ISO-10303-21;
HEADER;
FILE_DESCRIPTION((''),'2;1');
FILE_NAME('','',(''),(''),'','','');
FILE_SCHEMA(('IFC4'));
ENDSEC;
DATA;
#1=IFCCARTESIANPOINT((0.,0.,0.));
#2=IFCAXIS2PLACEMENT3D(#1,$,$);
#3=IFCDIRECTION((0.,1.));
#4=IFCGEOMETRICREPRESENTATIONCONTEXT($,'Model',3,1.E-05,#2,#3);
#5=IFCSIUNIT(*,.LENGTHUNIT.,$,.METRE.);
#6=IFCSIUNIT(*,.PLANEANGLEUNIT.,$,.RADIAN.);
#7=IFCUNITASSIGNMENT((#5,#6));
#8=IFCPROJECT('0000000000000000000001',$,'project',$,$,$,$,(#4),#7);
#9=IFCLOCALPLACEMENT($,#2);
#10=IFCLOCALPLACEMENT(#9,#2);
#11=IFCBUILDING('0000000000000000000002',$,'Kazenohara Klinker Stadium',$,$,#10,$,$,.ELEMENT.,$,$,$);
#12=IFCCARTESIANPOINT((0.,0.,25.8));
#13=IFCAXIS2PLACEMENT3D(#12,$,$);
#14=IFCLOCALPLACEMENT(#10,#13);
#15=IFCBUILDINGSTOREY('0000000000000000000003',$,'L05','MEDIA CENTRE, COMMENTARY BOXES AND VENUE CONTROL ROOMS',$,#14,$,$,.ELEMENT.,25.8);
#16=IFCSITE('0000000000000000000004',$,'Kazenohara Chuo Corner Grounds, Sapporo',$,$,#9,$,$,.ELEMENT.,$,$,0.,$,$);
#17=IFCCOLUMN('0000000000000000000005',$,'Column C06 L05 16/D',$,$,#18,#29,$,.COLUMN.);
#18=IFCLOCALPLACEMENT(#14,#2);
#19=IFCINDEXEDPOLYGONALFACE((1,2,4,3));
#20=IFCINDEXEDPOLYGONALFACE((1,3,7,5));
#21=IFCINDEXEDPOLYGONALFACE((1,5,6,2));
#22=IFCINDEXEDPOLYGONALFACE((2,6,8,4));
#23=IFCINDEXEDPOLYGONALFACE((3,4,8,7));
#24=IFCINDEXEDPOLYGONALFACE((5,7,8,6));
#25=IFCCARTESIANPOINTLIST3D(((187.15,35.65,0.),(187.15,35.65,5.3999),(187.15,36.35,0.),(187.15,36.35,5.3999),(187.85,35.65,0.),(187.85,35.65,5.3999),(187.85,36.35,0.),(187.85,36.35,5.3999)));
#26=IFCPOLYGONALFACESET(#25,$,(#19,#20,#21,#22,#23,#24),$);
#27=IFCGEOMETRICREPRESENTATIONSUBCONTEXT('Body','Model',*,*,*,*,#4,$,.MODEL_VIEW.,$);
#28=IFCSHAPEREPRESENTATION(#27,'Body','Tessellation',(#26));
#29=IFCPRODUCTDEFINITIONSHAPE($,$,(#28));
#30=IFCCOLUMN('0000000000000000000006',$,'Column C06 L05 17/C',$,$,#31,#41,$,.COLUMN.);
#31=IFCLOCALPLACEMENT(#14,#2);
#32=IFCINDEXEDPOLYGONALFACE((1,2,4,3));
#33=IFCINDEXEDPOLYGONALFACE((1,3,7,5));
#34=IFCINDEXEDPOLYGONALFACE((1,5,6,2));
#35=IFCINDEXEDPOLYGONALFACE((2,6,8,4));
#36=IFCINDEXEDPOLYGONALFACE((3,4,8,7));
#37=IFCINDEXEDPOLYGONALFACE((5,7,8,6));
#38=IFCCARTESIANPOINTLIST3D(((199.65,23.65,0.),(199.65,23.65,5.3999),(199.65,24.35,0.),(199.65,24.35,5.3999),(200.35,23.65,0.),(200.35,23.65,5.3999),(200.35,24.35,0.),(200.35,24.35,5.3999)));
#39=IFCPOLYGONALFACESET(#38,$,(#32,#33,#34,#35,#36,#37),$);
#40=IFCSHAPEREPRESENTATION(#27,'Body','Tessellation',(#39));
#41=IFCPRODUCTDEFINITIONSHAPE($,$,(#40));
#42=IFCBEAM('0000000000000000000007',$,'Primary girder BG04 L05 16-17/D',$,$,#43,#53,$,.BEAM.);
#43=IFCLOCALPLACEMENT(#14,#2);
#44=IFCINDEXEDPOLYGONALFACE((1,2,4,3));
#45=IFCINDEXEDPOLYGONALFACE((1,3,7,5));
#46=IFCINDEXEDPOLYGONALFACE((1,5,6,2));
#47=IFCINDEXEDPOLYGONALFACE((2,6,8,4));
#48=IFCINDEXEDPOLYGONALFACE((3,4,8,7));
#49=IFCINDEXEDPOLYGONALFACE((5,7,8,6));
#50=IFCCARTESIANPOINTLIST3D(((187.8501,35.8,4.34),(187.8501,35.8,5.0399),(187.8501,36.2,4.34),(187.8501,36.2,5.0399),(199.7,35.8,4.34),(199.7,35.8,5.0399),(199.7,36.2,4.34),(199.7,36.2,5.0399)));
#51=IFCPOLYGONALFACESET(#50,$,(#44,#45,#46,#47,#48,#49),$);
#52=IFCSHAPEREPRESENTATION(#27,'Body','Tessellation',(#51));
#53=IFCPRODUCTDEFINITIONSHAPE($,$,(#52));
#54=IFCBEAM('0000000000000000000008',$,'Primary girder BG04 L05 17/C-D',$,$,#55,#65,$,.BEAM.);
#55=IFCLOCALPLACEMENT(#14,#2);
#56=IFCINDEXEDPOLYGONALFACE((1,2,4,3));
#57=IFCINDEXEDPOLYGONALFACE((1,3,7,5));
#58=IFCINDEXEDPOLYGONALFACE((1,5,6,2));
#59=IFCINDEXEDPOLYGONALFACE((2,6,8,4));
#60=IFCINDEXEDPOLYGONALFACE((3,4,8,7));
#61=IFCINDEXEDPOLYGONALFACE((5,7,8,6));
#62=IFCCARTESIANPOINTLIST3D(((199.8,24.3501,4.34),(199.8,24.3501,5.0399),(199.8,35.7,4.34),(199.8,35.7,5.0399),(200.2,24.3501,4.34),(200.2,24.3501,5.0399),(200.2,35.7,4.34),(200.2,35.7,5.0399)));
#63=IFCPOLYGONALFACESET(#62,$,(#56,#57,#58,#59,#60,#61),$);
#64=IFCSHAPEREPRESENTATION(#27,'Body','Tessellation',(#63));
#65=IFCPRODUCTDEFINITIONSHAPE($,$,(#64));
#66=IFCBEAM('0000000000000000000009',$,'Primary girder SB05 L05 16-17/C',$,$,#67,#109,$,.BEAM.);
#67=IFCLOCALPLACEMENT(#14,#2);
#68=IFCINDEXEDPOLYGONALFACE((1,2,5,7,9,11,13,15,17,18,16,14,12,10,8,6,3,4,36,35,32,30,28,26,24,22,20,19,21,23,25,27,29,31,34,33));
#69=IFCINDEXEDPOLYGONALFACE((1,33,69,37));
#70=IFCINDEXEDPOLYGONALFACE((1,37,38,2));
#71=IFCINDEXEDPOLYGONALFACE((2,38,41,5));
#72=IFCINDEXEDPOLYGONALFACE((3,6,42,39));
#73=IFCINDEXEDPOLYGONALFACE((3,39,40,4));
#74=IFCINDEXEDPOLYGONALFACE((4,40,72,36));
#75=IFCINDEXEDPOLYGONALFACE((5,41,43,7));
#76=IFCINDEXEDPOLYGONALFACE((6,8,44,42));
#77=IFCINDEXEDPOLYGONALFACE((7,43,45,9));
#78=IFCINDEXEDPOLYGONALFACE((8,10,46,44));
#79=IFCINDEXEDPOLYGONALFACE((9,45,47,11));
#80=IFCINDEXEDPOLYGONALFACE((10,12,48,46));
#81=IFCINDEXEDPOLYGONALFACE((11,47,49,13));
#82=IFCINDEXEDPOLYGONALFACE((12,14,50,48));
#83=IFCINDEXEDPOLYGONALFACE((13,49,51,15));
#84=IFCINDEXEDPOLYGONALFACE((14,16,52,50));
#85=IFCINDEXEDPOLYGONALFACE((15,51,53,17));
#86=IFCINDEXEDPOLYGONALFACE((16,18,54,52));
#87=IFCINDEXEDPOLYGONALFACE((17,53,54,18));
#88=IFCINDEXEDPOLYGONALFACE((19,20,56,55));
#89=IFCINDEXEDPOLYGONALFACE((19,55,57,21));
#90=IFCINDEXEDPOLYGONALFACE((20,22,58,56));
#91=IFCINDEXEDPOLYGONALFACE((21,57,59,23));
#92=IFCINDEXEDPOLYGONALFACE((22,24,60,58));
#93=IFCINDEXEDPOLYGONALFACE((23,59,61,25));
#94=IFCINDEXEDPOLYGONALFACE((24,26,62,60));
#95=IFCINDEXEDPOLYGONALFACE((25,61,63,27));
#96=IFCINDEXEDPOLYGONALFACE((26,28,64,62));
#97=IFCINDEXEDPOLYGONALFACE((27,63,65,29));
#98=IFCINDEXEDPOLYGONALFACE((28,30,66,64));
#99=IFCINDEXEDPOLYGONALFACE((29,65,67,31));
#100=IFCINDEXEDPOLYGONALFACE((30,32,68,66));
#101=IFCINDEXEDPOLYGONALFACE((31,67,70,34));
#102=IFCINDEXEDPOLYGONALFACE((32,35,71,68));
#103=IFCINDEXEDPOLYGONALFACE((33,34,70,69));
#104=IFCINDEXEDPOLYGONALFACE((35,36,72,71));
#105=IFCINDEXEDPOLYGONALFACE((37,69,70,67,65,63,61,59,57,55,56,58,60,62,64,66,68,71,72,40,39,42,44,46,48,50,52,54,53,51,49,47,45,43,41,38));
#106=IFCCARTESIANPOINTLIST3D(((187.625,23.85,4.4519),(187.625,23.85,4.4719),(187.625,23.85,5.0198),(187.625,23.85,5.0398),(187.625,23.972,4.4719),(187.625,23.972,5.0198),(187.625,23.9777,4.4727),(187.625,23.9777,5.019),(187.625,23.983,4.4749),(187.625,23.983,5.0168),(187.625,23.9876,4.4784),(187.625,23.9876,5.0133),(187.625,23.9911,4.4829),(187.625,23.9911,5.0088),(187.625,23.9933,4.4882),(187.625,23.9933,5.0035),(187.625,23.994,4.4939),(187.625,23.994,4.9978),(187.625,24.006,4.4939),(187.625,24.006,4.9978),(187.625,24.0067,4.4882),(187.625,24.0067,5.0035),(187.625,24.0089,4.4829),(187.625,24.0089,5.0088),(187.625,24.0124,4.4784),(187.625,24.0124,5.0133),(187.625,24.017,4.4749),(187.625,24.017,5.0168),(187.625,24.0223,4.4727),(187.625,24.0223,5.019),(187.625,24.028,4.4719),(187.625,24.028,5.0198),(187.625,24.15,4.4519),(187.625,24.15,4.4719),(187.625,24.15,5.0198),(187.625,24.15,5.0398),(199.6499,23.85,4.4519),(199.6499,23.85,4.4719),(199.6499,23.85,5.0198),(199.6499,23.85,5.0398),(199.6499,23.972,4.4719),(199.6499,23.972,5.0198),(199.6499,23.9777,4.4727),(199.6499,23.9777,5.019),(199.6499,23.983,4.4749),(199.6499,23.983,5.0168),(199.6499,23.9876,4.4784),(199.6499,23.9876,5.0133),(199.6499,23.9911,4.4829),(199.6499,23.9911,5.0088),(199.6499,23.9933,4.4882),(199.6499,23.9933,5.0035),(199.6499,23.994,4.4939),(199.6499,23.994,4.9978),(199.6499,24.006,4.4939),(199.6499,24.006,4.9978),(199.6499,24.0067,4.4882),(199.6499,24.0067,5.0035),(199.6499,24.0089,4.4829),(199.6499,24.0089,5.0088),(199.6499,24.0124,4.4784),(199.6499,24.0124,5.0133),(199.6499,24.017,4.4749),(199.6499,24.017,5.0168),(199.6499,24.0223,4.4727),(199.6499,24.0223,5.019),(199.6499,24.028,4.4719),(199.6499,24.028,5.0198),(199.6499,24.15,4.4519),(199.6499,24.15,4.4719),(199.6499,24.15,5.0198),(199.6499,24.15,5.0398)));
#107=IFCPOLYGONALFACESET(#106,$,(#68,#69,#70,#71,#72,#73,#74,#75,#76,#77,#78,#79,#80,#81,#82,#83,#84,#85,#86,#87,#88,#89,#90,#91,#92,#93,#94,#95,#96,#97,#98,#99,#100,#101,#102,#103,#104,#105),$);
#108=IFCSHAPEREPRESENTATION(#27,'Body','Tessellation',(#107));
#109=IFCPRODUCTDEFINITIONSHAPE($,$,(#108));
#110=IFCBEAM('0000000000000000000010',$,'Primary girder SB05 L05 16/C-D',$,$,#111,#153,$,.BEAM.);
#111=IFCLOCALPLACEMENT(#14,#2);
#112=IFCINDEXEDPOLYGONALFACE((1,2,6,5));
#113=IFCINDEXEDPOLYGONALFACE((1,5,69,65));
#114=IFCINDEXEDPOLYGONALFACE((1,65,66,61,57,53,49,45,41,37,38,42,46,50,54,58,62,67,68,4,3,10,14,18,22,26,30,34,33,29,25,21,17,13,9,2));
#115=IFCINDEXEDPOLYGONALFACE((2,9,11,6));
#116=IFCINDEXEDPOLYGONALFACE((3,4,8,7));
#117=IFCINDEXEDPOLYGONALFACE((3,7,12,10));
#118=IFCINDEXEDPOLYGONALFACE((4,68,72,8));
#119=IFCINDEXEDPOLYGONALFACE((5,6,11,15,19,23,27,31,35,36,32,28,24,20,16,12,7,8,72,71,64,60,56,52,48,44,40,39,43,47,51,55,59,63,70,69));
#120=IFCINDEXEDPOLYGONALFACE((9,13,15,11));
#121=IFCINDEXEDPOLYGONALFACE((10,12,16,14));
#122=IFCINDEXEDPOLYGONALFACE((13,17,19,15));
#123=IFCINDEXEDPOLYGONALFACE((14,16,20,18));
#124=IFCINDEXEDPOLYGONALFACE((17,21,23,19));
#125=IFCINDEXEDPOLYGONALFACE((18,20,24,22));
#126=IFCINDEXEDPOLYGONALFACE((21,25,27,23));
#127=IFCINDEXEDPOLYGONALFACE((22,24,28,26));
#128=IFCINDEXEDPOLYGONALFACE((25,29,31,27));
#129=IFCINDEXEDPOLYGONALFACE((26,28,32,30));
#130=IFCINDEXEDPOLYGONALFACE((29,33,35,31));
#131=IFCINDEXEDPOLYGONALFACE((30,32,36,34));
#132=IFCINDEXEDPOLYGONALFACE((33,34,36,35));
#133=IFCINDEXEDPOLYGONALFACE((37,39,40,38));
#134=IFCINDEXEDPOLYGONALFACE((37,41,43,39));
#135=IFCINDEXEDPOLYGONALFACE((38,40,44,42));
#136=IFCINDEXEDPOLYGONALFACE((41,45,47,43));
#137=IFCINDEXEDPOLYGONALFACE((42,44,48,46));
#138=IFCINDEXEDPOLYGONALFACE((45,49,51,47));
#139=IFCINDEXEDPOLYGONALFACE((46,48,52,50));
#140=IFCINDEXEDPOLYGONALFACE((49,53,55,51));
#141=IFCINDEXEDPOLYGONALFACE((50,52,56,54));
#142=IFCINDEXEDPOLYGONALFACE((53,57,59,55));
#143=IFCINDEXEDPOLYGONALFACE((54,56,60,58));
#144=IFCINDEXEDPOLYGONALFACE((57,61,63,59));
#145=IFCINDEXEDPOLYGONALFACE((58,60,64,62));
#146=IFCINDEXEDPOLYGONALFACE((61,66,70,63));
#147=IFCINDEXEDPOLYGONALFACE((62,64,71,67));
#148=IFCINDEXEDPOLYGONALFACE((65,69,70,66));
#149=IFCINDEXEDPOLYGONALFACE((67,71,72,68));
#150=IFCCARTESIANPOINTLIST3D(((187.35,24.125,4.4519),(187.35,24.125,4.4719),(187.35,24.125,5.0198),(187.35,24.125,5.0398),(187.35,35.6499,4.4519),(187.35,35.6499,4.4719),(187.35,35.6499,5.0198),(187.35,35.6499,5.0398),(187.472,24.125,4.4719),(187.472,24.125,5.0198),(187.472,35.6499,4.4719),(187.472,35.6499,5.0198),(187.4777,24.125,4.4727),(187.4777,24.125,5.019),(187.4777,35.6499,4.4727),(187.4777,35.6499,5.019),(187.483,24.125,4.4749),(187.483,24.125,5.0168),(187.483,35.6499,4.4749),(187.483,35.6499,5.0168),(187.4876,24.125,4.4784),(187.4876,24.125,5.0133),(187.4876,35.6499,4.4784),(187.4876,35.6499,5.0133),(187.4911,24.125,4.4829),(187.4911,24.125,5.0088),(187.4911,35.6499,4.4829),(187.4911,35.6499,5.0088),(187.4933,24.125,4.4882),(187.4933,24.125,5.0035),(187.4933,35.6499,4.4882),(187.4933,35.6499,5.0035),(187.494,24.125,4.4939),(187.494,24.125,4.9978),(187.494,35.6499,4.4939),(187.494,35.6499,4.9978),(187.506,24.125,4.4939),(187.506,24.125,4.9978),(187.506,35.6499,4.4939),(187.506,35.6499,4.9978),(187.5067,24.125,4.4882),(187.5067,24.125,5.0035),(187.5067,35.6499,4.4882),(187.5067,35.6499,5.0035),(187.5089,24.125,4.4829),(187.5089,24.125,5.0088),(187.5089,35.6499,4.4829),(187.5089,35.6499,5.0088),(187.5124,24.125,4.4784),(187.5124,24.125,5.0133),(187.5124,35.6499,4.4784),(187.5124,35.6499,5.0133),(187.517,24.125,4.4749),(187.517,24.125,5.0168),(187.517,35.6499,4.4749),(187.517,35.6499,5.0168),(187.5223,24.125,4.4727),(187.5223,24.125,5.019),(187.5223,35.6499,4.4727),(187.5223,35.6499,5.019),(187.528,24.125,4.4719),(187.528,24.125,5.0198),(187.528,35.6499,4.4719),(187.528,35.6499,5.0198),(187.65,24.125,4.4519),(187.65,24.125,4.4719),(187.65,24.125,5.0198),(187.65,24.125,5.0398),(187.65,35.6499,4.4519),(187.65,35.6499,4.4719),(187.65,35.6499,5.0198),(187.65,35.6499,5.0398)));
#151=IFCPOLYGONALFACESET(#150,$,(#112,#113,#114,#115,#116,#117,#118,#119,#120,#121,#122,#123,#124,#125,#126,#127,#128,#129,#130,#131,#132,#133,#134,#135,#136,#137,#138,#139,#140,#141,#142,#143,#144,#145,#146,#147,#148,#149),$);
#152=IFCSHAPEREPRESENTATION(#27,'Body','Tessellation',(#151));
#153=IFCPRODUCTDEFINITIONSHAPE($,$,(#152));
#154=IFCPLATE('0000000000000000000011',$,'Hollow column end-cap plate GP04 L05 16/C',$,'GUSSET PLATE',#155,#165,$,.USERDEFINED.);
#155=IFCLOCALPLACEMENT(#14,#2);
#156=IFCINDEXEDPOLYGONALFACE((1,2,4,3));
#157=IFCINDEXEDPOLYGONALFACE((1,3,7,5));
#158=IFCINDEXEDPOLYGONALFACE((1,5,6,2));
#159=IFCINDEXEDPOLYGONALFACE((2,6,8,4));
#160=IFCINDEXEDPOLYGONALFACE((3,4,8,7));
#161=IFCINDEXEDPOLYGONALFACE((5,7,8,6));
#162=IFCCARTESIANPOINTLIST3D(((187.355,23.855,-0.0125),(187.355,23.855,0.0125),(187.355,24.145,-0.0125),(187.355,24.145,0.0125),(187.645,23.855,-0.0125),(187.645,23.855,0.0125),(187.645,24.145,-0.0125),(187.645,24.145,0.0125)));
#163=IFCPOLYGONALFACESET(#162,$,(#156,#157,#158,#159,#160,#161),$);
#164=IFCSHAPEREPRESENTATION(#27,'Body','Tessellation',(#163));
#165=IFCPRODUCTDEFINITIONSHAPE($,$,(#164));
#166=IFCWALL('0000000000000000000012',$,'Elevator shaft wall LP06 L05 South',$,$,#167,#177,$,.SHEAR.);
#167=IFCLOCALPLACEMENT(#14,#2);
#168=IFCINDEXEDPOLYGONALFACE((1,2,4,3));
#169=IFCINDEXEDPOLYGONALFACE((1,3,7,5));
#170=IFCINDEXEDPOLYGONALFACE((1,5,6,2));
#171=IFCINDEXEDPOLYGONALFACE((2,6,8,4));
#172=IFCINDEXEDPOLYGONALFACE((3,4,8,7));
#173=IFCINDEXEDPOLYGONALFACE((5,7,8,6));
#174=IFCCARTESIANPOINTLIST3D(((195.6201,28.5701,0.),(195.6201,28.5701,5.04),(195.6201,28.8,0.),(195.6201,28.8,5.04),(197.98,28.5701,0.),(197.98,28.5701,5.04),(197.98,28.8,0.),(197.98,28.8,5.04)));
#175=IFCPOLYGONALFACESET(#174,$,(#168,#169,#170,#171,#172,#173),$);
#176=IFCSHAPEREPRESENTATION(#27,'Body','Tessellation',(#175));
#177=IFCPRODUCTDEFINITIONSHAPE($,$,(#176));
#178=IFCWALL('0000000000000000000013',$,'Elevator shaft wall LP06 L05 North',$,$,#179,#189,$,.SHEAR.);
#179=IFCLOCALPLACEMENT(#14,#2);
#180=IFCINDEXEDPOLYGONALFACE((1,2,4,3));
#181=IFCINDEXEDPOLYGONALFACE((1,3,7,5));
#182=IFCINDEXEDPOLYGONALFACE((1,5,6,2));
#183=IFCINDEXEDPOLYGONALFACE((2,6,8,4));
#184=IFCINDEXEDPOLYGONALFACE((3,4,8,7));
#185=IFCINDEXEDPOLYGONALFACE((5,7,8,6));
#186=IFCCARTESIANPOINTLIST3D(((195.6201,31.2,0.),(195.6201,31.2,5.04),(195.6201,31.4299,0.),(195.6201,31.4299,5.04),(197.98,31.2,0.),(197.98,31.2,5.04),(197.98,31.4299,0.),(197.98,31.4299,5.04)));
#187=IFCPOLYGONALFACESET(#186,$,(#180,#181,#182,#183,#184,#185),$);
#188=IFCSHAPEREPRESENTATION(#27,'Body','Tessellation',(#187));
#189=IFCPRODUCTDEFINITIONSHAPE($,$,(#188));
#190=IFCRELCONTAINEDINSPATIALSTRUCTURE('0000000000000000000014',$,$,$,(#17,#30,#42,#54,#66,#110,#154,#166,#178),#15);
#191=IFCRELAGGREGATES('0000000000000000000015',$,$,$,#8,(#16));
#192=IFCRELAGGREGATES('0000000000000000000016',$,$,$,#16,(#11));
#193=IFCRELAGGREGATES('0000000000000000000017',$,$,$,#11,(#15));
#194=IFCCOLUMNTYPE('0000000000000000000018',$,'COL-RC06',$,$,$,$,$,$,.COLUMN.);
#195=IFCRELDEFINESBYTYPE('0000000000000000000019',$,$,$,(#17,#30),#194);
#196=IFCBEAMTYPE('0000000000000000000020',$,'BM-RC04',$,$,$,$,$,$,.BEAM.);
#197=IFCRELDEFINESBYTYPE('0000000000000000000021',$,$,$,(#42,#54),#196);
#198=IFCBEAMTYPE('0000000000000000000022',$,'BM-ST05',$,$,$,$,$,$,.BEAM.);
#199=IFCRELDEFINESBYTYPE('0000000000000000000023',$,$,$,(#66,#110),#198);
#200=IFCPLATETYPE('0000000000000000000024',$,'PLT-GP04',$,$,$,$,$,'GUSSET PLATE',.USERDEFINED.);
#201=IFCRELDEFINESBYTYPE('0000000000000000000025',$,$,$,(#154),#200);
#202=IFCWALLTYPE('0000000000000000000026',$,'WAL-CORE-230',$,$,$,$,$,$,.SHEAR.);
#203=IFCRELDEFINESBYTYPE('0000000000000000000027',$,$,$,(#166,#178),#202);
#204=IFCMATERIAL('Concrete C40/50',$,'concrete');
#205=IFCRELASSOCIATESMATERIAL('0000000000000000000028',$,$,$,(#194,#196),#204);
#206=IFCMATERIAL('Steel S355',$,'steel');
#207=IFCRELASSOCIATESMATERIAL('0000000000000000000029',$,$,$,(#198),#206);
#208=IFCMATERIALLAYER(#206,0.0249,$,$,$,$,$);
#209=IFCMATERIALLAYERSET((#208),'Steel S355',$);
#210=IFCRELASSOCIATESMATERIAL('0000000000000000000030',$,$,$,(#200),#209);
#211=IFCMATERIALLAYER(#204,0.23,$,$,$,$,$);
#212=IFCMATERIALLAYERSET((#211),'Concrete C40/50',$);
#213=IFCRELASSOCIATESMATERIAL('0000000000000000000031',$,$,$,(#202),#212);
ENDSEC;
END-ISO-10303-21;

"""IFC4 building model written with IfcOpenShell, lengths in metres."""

from ifc_helpers import new_model, si_unit, direction, frame, frame_2d, origin, origin_2d, place, context, subcontext, project, spatial, rectangle, i_section, extrude, material, layer, layer_set, material_profile, profile_set, type_object, element, save


model = new_model("IFC4")

# Units and contexts
model_context = context("Model", 3, precision=1e-05, world=origin(), true_north=direction((0.0, 1.0)))
body_context = subcontext(model_context, "Body", "Model", "MODEL_VIEW")
ifc_project = project(units=[si_unit("LENGTHUNIT", "METRE"), si_unit("PLANEANGLEUNIT", "RADIAN")], contexts=[model_context])

# Site, building, storey
site_placement = place(None, origin())
site = spatial("IfcSite", under=ifc_project, at=site_placement, Name="Kazenohara Chuo Corner Grounds, Sapporo", CompositionType="ELEMENT", RefElevation=0.0)
building_placement = place(site_placement, origin())
building = spatial("IfcBuilding", under=site, at=building_placement, Name="Kazenohara Klinker Stadium", CompositionType="ELEMENT")
storey_placement = place(building_placement, frame((0.0, 0.0, 25.8)))
storey = spatial("IfcBuildingStorey", under=building, at=storey_placement, Name="L05", Description="MEDIA CENTRE, COMMENTARY BOXES AND VENUE CONTROL ROOMS", CompositionType="ELEMENT", Elevation=25.8)

# Columns
ifc_material_1 = material(Name="Concrete C40/50", Category="concrete")
ifc_material_profile_1 = material_profile(ifc_material_1, rectangle(XDim=0.7, YDim=0.7, at=origin_2d()), Name="RC-COL-700x700")
ifc_profile_set_1 = profile_set([ifc_material_profile_1], Name="Concrete C40/50")
column_type = type_object("IfcColumnType", Name="COL-RC06", PredefinedType="COLUMN", material=ifc_profile_set_1)
for number, where, z_axis, x_axis, name in (
    (1, (187.5, 36.0, 0.0), (0.0, 0.0, 1.0), (1.0, 0.0, 0.0), "Column C06 L05 16/D"),
    (2, (200.0, 24.0, 0.0), (0.0, 0.0, 1.0), (1.0, 0.0, 0.0), "Column C06 L05 17/C"),
):
    element("IfcColumn", number, at=place(storey_placement, frame(where, z_axis=z_axis, x_axis=x_axis)), inside=storey, type_object=column_type, Name=name, PredefinedType="COLUMN", context=body_context, shape_type="SweptSolid", body=[
        extrude(rectangle(XDim=0.7, YDim=0.7, at=origin_2d()), origin(), (0.0, 0.0, 1.0), 5.3999),
    ])

# Beams
ifc_material_profile_2 = material_profile(ifc_material_1, rectangle(XDim=0.3999, YDim=0.7, at=origin_2d()), Name="RC-BM-400x700")
ifc_profile_set_2 = profile_set([ifc_material_profile_2], Name="Concrete C40/50")
beam_type_1 = type_object("IfcBeamType", Name="BM-RC04", PredefinedType="BEAM", material=ifc_profile_set_2)
beam_1_placement = place(storey_placement, frame((187.8501, 36.0, 4.6899), z_axis=(1.0, 0.0, 0.0), x_axis=(0.0, 1.0, 0.0)))
element("IfcBeam", 3, at=beam_1_placement, inside=storey, type_object=beam_type_1, Name="Primary girder BG04 L05 16-17/D", PredefinedType="BEAM", context=body_context, shape_type="SweptSolid", body=[
    extrude(rectangle(XDim=0.3999, YDim=0.7, at=origin_2d()), origin(), (0.0, 0.0, 1.0), 11.8499),
])
beam_2_placement = place(storey_placement, frame((200.0, 24.3501, 4.6899), z_axis=(0.0, 1.0, 0.0), x_axis=(-1.0, 0.0, 0.0)))
element("IfcBeam", 4, at=beam_2_placement, inside=storey, type_object=beam_type_1, Name="Primary girder BG04 L05 17/C-D", PredefinedType="BEAM", context=body_context, shape_type="SweptSolid", body=[
    extrude(rectangle(XDim=0.3999, YDim=0.7, at=origin_2d()), origin(), (0.0, 0.0, 1.0), 11.3499),
])
ifc_material_2 = material(Name="Steel S355", Category="steel")
ifc_material_profile_3 = material_profile(ifc_material_2, i_section(OverallWidth=0.3, OverallDepth=0.5879, WebThickness=0.012, FlangeThickness=0.02, FilletRadius=0.022, at=origin_2d()), Name="H-588x300x12x20")
ifc_profile_set_3 = profile_set([ifc_material_profile_3], Name="Steel S355")
beam_type_2 = type_object("IfcBeamType", Name="BM-ST05", PredefinedType="BEAM", material=ifc_profile_set_3)
beam_3_placement = place(storey_placement, frame((187.625, 24.0, 4.7458), z_axis=(1.0, 0.0, 0.0), x_axis=(0.0, 1.0, 0.0)))
element("IfcBeam", 5, at=beam_3_placement, inside=storey, type_object=beam_type_2, Name="Primary girder SB05 L05 16-17/C", PredefinedType="BEAM", context=body_context, shape_type="SweptSolid", body=[
    extrude(i_section(OverallWidth=0.3, OverallDepth=0.5879, WebThickness=0.012, FlangeThickness=0.02, FilletRadius=0.022, at=origin_2d()), origin(), (0.0, 0.0, 1.0), 12.0249),
])
beam_4_placement = place(storey_placement, frame((187.5, 24.125, 4.7458), z_axis=(0.0, 1.0, 0.0), x_axis=(-1.0, 0.0, 0.0)))
element("IfcBeam", 6, at=beam_4_placement, inside=storey, type_object=beam_type_2, Name="Primary girder SB05 L05 16/C-D", PredefinedType="BEAM", context=body_context, shape_type="SweptSolid", body=[
    extrude(i_section(OverallWidth=0.3, OverallDepth=0.5879, WebThickness=0.012, FlangeThickness=0.02, FilletRadius=0.022, at=origin_2d()), origin(), (0.0, 0.0, 1.0), 11.5249),
])

# Plate
ifc_layer_1 = layer(ifc_material_2, 0.0249)
ifc_layer_set_1 = layer_set([ifc_layer_1], Name="Steel S355")
plate_type = type_object("IfcPlateType", Name="PLT-GP04", ElementType="GUSSET PLATE", PredefinedType="USERDEFINED", material=ifc_layer_set_1)
plate_placement = place(storey_placement, frame((187.5, 24.0, -0.0125), z_axis=(0.0, 0.0, 1.0), x_axis=(1.0, 0.0, 0.0)))
element("IfcPlate", 7, at=plate_placement, inside=storey, type_object=plate_type, Name="Hollow column end-cap plate GP04 L05 16/C", ObjectType="GUSSET PLATE", PredefinedType="USERDEFINED", context=body_context, shape_type="SweptSolid", body=[
    extrude(rectangle(XDim=0.29, YDim=0.29, at=origin_2d()), origin(), (0.0, 0.0, 1.0), 0.0249),
])

# Walls
ifc_layer_2 = layer(ifc_material_1, 0.23)
ifc_layer_set_2 = layer_set([ifc_layer_2], Name="Concrete C40/50")
wall_type_1 = type_object("IfcWallType", Name="WAL-CORE-230", PredefinedType="SHEAR", material=ifc_layer_set_2)
for number, where, z_axis, x_axis, name in (
    (8, (195.6201, 28.6851, 0.0), (0.0, 0.0, 1.0), (1.0, 0.0, 0.0), "Elevator shaft wall LP06 L05 South"),
    (9, (195.6201, 31.3149, 0.0), (0.0, 0.0, 1.0), (1.0, 0.0, 0.0), "Elevator shaft wall LP06 L05 North"),
):
    element("IfcWall", number, at=place(storey_placement, frame(where, z_axis=z_axis, x_axis=x_axis)), inside=storey, type_object=wall_type_1, Name=name, PredefinedType="SHEAR", context=body_context, shape_type="SweptSolid", body=[
        extrude(rectangle(XDim=2.3599, YDim=0.23, at=frame_2d((1.1799, 0.0))), origin(), (0.0, 0.0, 1.0), 5.04),
    ])

save(model, "model.ifc")
